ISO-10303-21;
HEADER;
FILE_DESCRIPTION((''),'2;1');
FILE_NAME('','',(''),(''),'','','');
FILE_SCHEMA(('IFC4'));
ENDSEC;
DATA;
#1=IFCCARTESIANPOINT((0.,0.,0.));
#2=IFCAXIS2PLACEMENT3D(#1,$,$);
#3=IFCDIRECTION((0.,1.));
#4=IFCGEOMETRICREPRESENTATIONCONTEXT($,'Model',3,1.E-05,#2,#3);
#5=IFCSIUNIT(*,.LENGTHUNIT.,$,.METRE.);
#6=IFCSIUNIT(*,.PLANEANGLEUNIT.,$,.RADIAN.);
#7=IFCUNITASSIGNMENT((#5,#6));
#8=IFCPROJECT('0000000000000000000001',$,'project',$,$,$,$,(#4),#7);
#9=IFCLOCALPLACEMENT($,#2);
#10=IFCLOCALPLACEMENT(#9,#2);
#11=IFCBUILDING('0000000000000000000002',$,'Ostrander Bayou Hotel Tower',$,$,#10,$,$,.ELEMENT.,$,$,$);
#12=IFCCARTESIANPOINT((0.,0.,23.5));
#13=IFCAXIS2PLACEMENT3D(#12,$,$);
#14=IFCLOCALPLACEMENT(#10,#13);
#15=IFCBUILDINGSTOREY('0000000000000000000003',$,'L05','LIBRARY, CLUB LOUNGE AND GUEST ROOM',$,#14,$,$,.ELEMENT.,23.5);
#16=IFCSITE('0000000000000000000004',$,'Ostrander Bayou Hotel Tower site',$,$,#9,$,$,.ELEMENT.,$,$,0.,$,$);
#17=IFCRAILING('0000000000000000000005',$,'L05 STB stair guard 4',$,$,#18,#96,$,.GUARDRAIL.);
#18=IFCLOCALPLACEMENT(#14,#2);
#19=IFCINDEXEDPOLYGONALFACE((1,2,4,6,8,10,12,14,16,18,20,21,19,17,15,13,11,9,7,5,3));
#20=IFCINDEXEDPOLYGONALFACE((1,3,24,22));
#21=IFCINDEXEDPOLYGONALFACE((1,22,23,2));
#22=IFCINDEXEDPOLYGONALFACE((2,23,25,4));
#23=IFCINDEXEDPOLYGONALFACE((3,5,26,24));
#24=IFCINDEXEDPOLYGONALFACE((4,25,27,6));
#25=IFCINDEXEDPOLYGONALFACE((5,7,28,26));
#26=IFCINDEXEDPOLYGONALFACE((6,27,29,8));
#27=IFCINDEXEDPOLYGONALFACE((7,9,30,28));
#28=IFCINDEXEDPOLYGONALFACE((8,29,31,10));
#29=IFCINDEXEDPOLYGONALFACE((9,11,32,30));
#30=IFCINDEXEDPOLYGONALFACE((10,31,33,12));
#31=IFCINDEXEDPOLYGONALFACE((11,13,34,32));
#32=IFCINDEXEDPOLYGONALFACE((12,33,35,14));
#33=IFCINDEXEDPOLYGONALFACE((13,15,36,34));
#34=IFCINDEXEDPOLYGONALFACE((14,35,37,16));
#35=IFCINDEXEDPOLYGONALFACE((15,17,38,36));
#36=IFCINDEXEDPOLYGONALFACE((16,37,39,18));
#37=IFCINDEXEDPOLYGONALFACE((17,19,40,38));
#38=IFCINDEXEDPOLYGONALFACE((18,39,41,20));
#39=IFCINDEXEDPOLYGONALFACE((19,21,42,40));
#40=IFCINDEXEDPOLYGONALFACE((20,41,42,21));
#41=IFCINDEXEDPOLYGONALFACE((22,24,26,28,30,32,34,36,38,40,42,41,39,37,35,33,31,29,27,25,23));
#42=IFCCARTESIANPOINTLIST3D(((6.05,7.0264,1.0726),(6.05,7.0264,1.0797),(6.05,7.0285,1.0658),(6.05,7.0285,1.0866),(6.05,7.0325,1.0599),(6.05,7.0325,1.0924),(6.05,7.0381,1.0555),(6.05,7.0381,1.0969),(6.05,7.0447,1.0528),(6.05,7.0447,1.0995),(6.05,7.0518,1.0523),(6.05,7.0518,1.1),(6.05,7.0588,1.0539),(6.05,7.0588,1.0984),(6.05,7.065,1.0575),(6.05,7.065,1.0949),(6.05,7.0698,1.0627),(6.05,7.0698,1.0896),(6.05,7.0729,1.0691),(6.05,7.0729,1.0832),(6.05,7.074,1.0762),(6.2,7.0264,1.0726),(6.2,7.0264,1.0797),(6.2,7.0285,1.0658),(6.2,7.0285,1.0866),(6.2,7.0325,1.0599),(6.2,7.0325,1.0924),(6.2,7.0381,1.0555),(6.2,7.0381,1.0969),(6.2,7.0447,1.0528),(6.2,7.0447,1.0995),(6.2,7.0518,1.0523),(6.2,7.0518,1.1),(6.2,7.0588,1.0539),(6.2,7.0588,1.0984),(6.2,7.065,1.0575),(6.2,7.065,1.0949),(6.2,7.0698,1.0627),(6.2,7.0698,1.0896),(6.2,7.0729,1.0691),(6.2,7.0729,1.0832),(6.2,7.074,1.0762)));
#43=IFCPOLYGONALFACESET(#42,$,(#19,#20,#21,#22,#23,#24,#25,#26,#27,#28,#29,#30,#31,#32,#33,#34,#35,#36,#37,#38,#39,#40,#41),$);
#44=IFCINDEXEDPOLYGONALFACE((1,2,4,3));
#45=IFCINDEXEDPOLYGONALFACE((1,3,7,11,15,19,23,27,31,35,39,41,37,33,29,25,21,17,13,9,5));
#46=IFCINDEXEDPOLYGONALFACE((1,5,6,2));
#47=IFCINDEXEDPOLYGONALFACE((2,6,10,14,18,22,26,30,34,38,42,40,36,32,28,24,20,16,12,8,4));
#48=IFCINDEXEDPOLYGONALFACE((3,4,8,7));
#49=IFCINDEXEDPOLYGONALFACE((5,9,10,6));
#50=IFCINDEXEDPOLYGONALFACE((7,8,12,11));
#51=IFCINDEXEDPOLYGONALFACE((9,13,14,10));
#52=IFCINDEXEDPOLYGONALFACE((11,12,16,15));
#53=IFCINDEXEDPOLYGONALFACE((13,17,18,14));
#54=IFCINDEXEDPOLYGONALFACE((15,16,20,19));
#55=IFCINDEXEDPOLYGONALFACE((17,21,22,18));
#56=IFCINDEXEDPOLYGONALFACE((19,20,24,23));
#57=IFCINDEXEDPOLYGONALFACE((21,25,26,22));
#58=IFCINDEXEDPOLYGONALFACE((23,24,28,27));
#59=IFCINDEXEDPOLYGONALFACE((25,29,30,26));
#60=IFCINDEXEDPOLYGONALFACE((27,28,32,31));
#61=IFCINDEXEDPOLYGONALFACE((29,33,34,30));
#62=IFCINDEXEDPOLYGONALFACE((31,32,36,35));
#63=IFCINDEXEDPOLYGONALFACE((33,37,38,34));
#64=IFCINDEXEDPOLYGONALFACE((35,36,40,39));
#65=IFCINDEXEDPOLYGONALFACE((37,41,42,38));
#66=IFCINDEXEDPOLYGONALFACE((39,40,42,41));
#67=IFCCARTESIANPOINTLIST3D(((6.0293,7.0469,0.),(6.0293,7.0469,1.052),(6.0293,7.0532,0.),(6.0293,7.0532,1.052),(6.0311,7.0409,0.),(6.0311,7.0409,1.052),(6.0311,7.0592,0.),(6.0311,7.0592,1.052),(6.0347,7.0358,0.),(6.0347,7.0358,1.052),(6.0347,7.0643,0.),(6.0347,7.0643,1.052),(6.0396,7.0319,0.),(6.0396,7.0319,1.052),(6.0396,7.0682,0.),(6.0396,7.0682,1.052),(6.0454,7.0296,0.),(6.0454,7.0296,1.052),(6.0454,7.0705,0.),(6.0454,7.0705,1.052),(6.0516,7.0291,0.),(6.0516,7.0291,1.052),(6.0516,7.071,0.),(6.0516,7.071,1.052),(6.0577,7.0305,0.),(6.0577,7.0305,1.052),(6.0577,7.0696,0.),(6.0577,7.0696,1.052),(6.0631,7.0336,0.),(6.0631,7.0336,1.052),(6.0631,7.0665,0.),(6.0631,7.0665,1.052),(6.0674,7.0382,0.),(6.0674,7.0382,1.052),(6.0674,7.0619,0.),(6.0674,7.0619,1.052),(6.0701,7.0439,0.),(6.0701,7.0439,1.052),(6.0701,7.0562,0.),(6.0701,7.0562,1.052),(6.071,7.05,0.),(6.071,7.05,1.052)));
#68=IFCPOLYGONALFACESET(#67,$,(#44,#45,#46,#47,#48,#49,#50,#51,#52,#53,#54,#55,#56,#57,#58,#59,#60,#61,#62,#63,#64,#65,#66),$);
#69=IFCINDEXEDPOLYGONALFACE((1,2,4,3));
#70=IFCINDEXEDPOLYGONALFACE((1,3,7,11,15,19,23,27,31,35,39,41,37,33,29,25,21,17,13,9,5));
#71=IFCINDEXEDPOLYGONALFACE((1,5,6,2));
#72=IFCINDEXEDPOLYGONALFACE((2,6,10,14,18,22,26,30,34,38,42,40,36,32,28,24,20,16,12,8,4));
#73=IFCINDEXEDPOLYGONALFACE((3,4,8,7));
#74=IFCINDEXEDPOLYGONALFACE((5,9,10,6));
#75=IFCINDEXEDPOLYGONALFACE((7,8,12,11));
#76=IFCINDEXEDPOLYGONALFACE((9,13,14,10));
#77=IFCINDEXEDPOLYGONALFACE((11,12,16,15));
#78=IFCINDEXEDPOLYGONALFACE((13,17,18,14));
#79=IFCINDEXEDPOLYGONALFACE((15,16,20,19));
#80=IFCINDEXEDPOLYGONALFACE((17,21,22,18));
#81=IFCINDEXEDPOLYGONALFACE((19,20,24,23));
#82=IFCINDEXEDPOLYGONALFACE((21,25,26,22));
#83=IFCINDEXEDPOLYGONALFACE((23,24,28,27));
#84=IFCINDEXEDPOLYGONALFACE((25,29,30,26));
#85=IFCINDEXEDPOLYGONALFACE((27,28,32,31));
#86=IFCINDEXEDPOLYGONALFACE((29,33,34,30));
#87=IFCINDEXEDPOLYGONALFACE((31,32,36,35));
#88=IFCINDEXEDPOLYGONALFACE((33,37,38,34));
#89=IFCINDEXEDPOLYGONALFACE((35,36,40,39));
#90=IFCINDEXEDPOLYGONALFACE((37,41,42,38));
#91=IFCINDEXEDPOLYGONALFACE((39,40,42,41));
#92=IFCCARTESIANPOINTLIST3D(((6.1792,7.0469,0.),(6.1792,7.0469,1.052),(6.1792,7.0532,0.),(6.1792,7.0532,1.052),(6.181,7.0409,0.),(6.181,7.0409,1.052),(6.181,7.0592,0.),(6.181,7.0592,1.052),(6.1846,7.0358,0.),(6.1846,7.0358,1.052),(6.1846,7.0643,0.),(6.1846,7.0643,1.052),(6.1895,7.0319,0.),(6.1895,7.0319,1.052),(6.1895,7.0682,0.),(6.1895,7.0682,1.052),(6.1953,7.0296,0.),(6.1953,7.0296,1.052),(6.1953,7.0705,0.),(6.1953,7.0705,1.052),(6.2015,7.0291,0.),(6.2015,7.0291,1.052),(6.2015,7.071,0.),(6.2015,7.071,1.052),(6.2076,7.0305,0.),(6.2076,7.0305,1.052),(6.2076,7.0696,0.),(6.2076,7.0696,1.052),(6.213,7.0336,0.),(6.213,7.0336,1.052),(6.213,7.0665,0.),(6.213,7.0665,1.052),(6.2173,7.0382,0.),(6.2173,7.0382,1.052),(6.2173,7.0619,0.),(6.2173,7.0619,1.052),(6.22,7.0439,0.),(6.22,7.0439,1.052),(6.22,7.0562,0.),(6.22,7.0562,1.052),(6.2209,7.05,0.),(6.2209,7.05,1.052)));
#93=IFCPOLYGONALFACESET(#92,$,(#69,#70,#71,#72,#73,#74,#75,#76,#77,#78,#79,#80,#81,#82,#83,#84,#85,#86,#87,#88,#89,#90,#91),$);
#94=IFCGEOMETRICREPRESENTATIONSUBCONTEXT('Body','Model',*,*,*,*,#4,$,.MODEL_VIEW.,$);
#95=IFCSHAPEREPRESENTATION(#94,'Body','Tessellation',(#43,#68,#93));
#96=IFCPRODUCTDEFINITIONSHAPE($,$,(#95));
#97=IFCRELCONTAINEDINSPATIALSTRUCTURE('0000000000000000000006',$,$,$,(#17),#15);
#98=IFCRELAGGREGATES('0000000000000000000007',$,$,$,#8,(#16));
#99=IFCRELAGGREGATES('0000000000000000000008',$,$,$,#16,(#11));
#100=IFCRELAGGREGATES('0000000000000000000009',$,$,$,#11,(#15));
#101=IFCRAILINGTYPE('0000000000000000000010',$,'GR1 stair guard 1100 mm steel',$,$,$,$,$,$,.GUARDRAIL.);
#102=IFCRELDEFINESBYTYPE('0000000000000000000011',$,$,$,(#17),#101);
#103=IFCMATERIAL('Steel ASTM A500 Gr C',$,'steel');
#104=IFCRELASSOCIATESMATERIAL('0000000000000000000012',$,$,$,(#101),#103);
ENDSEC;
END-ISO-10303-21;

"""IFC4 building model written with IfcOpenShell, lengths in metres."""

from ifc_helpers import new_model, si_unit, direction, frame, origin, origin_2d, place, context, subcontext, project, spatial, circle, extrude, material, type_object, element, save


model = new_model("IFC4")

# Units and contexts
model_context = context("Model", 3, precision=1e-05, world=origin(), true_north=direction((0.0, 1.0)))
body_context = subcontext(model_context, "Body", "Model", "MODEL_VIEW")
ifc_project = project(units=[si_unit("LENGTHUNIT", "METRE"), si_unit("PLANEANGLEUNIT", "RADIAN")], contexts=[model_context])

# Site, building, storey
site_placement = place(None, origin())
site = spatial("IfcSite", under=ifc_project, at=site_placement, Name="Ostrander Bayou Hotel Tower site", CompositionType="ELEMENT", RefElevation=0.0)
building_placement = place(site_placement, origin())
building = spatial("IfcBuilding", under=site, at=building_placement, Name="Ostrander Bayou Hotel Tower", CompositionType="ELEMENT")
storey_placement = place(building_placement, frame((0.0, 0.0, 23.5)))
storey = spatial("IfcBuildingStorey", under=building, at=storey_placement, Name="L05", Description="LIBRARY, CLUB LOUNGE AND GUEST ROOM", CompositionType="ELEMENT", Elevation=23.5)

# Railing
ifc_material_1 = material(Name="Steel ASTM A500 Gr C", Category="steel")
railing_type = type_object("IfcRailingType", Name="GR1 stair guard 1100 mm steel", PredefinedType="GUARDRAIL", material=ifc_material_1)
railing_1_placement = place(storey_placement, frame((6.05, 7.05, 0.0)))
element("IfcRailing", 1, at=railing_1_placement, inside=storey, type_object=railing_type, Name="L05 STB stair guard 4", PredefinedType="GUARDRAIL", context=body_context, shape_type="SweptSolid", body=[
    extrude(circle(Radius=0.0239, at=origin_2d()), frame((0.0, 0.0, 1.0762), z_axis=(1.0, 0.0, 0.0), x_axis=(0.0, 1.0, 0.0)), (0.0, 0.0, 1.0), 0.1499),
    extrude(circle(Radius=0.021, at=origin_2d()), origin(), (0.0, 0.0, 1.0), 1.052),
    extrude(circle(Radius=0.021, at=origin_2d()), frame((0.1499, 0.0, 0.0)), (0.0, 0.0, 1.0), 1.052),
])

save(model, "model.ifc")
